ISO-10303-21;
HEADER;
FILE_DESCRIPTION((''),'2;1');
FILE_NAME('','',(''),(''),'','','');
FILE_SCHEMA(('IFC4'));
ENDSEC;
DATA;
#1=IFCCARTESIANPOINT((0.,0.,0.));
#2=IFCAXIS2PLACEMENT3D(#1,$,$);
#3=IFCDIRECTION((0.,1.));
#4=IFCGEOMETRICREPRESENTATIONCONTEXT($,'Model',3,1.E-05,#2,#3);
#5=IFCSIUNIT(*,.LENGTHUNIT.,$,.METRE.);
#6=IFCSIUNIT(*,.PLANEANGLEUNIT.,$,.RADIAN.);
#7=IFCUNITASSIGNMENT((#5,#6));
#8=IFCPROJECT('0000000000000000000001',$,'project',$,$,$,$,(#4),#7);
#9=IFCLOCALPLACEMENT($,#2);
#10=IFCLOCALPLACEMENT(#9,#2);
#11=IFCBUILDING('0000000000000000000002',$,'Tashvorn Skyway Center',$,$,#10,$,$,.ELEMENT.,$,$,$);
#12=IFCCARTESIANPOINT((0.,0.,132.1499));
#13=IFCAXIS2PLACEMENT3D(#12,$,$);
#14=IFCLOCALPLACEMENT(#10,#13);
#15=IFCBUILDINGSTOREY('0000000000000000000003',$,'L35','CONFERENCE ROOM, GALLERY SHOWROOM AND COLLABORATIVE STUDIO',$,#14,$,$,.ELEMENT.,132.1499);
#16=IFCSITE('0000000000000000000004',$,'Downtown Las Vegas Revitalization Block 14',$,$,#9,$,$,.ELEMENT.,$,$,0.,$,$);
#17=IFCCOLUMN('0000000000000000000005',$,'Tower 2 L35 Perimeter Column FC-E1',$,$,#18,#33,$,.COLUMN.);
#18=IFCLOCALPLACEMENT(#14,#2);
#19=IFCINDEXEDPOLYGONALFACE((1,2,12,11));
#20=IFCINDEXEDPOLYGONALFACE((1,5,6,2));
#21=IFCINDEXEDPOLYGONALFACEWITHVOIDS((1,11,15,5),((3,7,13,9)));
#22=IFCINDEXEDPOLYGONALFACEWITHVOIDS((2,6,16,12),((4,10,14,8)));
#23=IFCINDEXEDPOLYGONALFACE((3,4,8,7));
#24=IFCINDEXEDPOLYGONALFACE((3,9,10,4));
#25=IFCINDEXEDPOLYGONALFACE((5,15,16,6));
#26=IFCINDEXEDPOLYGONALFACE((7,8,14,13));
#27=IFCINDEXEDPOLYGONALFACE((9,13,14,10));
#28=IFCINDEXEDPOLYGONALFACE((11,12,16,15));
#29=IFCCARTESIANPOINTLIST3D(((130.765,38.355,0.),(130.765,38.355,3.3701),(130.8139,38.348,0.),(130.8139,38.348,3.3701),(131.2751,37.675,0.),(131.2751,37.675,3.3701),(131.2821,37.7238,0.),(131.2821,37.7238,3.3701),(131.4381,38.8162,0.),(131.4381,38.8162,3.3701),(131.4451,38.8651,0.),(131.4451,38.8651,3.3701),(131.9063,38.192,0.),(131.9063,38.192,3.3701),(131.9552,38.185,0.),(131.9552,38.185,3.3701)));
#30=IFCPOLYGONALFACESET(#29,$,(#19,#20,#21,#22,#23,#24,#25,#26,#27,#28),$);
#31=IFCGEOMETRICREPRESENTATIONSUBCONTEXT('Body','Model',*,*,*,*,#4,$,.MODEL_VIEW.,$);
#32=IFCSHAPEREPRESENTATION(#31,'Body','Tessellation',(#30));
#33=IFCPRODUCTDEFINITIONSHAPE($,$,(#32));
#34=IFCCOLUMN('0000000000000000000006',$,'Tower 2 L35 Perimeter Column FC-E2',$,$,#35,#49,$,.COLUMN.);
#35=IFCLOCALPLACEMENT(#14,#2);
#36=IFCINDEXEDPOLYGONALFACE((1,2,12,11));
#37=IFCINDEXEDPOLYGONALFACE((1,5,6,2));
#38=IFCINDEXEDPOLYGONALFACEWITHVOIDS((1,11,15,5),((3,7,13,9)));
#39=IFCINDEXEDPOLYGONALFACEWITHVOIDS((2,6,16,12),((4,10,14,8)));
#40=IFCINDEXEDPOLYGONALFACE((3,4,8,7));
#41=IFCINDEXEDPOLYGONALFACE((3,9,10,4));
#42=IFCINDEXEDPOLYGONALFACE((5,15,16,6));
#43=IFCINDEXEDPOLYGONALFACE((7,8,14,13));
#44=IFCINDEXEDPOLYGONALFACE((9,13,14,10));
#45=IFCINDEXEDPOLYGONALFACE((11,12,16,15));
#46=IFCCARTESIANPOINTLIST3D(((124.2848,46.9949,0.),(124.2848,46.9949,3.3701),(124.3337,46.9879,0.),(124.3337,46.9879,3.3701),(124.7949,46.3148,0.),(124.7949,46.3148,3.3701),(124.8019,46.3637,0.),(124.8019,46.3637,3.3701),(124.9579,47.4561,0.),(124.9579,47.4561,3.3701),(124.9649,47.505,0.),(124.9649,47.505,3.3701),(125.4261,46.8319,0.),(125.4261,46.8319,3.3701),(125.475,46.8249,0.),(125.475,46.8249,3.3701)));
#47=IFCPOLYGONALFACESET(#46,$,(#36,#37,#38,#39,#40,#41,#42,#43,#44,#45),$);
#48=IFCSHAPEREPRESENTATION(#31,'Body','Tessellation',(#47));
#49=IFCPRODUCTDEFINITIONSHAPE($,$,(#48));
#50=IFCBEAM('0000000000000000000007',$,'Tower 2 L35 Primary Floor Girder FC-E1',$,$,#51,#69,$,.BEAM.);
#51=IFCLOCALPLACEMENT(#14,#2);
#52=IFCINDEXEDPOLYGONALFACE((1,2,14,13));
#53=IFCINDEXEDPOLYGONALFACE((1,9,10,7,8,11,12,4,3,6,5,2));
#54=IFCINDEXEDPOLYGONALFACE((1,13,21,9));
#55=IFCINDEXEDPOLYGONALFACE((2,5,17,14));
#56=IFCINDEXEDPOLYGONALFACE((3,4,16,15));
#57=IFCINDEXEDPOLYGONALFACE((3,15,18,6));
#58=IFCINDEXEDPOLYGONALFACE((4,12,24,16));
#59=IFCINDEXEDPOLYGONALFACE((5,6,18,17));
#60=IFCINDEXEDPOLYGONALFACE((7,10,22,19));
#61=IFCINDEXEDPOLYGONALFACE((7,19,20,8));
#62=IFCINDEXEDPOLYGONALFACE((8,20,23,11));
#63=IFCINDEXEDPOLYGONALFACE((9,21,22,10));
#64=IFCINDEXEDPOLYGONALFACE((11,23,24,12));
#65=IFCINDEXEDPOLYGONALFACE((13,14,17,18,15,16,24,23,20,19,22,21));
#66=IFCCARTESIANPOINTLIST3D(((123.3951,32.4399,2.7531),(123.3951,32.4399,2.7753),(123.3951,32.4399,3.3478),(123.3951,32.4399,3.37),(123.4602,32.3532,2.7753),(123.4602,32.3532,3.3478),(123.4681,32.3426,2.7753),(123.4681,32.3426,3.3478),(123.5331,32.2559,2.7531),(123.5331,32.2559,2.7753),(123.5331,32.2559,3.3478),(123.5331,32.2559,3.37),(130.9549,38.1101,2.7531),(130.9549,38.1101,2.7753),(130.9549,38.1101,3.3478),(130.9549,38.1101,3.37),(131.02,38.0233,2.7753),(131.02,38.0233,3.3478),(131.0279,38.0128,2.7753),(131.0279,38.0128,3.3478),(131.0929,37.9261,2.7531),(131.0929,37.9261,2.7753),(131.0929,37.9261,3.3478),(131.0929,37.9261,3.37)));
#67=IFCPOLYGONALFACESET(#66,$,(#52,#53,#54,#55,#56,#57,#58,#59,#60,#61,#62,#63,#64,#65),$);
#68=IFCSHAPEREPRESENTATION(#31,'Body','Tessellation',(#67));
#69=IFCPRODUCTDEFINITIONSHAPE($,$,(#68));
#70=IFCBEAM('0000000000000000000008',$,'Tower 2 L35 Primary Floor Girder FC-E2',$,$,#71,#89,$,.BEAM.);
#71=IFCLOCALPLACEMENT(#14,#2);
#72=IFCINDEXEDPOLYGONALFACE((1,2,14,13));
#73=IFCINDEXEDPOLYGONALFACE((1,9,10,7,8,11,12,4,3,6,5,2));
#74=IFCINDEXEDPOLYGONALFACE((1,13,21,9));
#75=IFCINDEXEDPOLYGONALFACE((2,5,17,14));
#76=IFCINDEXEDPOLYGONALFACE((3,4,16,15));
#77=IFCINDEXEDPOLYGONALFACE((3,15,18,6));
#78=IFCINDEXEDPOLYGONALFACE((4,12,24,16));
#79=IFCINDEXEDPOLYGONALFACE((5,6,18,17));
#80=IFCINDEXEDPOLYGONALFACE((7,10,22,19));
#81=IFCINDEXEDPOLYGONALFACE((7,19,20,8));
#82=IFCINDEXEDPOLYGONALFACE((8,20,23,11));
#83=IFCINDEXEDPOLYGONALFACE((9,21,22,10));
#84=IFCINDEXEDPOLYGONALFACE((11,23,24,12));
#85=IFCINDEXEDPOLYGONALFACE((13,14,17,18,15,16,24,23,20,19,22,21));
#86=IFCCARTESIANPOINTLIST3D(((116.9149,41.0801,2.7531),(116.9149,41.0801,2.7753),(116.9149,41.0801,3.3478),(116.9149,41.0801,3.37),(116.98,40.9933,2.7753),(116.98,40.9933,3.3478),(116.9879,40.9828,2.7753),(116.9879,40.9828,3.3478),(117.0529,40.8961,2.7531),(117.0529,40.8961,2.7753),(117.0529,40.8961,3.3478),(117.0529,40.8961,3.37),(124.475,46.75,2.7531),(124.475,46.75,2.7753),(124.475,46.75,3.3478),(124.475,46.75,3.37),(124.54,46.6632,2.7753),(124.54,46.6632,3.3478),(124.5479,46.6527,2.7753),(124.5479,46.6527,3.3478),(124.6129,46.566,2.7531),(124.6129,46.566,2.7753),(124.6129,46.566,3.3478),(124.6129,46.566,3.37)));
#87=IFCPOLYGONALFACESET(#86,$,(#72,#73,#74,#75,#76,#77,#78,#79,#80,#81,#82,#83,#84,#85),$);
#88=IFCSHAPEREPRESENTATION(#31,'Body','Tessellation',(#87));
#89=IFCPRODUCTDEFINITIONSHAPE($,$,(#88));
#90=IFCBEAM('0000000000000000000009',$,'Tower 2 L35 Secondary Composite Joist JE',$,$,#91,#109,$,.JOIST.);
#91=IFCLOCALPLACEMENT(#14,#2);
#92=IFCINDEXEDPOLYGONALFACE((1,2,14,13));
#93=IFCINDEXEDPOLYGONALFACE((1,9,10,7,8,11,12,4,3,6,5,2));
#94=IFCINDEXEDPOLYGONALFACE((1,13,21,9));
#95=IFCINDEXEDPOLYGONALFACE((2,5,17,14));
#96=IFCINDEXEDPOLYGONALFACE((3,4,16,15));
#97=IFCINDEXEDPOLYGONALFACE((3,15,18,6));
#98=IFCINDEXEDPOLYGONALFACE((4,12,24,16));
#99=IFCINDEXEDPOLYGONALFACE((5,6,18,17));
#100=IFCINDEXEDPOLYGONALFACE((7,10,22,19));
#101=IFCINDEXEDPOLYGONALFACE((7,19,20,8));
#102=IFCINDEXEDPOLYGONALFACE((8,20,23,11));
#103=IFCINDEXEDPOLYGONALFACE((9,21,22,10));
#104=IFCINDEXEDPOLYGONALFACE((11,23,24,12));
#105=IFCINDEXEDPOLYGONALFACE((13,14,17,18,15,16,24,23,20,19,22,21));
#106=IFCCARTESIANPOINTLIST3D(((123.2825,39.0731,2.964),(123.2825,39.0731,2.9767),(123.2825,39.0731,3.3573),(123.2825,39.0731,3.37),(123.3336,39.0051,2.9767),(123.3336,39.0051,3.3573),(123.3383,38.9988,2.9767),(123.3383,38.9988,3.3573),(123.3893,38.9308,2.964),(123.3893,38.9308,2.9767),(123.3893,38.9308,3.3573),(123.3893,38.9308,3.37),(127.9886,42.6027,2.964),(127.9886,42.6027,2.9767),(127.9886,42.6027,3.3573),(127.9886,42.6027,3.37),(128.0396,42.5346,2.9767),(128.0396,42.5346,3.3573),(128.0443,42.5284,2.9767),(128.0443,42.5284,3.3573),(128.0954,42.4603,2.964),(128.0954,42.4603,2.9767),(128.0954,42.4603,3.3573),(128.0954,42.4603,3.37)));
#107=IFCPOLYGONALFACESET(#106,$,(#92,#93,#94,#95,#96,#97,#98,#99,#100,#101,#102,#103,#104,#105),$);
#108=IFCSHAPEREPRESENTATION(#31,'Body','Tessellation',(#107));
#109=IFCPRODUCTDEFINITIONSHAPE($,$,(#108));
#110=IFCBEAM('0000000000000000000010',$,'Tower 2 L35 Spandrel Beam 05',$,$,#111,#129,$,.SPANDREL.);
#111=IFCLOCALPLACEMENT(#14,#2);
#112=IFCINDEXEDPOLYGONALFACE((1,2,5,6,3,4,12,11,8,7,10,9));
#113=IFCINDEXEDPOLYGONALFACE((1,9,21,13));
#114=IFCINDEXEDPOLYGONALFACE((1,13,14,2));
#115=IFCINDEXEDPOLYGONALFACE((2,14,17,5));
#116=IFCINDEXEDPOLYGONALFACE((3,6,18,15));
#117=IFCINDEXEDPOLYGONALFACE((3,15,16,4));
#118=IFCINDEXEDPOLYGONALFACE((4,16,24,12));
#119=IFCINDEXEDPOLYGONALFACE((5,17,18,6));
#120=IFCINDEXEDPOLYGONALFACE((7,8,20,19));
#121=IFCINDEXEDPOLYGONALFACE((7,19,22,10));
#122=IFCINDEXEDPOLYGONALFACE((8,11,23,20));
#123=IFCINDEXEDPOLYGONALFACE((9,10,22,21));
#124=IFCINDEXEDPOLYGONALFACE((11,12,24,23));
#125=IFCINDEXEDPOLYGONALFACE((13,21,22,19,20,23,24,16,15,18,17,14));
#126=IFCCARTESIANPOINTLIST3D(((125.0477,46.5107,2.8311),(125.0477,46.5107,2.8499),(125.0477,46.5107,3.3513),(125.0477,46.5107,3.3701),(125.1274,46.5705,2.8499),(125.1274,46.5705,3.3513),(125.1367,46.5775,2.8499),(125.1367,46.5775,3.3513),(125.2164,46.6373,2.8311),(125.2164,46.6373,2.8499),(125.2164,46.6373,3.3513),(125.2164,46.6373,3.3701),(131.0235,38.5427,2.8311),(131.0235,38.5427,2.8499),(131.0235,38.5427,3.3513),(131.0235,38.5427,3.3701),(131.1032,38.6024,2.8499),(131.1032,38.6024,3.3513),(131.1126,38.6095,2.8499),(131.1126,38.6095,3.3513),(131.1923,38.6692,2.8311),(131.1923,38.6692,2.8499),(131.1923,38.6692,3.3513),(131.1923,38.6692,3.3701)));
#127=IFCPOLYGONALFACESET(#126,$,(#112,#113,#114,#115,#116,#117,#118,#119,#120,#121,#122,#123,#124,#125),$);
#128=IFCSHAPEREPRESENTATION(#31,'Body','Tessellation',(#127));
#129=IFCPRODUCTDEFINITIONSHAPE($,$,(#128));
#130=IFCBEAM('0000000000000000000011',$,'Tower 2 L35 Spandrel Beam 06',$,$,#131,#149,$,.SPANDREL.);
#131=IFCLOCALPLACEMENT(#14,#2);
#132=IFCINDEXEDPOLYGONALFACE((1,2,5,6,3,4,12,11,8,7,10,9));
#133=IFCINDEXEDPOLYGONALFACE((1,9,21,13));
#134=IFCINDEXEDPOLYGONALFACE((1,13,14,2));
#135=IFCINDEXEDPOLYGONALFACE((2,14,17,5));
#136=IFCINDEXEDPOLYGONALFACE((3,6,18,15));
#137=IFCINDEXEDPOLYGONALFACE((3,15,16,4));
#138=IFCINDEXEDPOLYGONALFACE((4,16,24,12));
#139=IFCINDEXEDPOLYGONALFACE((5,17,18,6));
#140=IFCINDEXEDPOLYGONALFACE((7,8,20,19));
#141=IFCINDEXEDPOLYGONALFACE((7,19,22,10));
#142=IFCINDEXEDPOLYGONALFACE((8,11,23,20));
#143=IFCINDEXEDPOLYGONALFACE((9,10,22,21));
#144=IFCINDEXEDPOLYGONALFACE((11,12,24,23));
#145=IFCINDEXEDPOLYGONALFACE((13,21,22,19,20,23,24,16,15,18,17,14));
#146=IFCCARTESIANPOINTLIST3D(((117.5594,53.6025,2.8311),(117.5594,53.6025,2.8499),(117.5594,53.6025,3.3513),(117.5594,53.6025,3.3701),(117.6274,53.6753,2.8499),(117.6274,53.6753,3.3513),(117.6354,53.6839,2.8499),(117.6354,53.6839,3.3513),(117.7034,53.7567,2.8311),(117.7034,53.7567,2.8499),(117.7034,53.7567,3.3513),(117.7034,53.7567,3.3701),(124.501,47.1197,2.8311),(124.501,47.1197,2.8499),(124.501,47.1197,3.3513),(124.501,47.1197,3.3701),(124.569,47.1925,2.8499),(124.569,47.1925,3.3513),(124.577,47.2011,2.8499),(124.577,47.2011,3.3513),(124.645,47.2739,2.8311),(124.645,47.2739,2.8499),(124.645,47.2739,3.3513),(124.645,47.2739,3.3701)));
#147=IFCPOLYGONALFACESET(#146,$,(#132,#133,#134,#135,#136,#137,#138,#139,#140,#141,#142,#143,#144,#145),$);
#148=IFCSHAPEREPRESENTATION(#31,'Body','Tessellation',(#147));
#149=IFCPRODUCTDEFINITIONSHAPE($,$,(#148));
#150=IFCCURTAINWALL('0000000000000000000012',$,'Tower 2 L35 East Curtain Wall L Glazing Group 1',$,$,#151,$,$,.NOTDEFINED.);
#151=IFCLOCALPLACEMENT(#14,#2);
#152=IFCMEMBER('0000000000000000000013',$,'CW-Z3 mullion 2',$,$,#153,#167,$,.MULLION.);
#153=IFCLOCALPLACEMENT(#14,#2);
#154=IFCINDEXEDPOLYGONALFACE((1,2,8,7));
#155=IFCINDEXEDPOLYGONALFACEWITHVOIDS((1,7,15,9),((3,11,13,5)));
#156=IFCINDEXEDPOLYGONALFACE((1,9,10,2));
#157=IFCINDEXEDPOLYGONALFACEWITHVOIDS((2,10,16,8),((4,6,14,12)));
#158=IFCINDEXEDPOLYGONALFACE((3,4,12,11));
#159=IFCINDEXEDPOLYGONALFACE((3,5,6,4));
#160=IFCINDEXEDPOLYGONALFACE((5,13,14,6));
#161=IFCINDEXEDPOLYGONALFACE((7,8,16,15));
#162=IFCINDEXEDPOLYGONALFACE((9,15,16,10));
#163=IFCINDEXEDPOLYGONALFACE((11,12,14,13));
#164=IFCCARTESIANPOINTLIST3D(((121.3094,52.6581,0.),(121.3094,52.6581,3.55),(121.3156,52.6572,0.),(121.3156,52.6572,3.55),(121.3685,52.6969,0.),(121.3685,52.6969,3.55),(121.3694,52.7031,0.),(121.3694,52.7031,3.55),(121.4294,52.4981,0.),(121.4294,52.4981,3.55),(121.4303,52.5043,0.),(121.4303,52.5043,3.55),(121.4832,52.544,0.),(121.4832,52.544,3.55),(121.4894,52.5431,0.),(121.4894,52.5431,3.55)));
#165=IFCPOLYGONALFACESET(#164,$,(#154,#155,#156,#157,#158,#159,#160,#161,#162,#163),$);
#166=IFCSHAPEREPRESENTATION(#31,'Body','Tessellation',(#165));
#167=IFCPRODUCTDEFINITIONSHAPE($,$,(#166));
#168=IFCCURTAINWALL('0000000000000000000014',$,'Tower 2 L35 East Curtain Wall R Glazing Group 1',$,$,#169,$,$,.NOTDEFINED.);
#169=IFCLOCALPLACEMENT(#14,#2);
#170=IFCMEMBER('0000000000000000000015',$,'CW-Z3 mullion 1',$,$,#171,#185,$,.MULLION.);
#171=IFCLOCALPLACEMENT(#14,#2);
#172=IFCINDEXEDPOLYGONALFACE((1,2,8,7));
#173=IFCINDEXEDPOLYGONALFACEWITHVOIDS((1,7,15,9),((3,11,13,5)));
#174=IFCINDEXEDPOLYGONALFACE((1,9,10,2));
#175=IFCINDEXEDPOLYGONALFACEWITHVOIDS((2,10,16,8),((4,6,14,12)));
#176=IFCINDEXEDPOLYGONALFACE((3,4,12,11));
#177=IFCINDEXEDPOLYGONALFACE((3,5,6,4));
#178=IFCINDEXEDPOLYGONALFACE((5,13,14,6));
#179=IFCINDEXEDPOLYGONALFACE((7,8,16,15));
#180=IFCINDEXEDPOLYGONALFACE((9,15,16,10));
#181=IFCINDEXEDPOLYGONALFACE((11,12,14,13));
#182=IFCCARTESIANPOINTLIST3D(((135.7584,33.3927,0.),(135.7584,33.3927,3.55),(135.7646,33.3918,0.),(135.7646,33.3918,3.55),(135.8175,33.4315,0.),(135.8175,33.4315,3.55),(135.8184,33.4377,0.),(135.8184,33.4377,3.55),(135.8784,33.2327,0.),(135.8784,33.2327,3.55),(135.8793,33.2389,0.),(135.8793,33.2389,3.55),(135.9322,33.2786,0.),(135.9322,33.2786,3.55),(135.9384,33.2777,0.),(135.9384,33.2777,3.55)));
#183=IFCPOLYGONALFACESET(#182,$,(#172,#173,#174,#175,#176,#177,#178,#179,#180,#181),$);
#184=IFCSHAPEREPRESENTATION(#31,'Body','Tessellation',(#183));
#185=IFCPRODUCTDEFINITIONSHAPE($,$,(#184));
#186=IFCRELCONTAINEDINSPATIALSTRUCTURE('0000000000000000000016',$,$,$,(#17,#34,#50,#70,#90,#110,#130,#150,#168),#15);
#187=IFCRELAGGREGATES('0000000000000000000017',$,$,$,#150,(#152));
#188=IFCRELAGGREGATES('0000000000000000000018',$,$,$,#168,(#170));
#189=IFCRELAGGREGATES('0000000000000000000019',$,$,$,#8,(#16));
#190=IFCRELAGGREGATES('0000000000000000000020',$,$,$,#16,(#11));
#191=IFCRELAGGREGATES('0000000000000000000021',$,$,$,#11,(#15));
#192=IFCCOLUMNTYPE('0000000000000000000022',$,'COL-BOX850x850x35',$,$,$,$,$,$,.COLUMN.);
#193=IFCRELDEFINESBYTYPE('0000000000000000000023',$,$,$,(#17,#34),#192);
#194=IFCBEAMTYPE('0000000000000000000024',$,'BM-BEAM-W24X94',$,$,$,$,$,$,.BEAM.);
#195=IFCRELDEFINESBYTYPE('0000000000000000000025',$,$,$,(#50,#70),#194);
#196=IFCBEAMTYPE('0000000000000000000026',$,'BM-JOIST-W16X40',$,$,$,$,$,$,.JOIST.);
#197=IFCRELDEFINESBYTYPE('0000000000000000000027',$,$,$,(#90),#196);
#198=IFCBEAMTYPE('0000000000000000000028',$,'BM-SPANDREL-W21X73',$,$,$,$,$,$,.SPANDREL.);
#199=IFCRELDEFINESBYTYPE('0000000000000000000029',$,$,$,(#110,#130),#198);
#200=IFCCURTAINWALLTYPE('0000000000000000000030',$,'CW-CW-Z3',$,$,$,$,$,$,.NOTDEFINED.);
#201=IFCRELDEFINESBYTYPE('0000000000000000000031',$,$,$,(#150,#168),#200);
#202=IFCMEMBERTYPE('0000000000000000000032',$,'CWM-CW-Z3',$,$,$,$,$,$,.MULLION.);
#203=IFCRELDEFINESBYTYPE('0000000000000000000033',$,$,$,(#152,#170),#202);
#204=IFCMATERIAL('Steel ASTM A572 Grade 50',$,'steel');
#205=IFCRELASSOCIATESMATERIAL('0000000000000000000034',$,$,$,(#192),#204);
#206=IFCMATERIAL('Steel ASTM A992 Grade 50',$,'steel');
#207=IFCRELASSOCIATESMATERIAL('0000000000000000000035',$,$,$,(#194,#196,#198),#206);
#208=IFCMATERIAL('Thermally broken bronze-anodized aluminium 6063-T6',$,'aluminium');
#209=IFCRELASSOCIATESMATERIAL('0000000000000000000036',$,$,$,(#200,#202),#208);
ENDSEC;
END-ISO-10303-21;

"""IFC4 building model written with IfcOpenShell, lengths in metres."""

from ifc_helpers import new_model, si_unit, direction, frame, origin, origin_2d, place, context, subcontext, project, spatial, hollow_rectangle, i_section, extrude, material, material_profile, profile_set, type_object, element, aggregate, save


model = new_model("IFC4")

# Units and contexts
model_context = context("Model", 3, precision=1e-05, world=origin(), true_north=direction((0.0, 1.0)))
body_context = subcontext(model_context, "Body", "Model", "MODEL_VIEW")
ifc_project = project(units=[si_unit("LENGTHUNIT", "METRE"), si_unit("PLANEANGLEUNIT", "RADIAN")], contexts=[model_context])

# Site, building, storey
site_placement = place(None, origin())
site = spatial("IfcSite", under=ifc_project, at=site_placement, Name="Downtown Las Vegas Revitalization Block 14", CompositionType="ELEMENT", RefElevation=0.0)
building_placement = place(site_placement, origin())
building = spatial("IfcBuilding", under=site, at=building_placement, Name="Tashvorn Skyway Center", CompositionType="ELEMENT")
storey_placement = place(building_placement, frame((0.0, 0.0, 132.1499)))
storey = spatial("IfcBuildingStorey", under=building, at=storey_placement, Name="L35", Description="CONFERENCE ROOM, GALLERY SHOWROOM AND COLLABORATIVE STUDIO", CompositionType="ELEMENT", Elevation=132.1499)

# Columns
ifc_material_1 = material(Name="Steel ASTM A572 Grade 50", Category="steel")
ifc_material_profile_1 = material_profile(ifc_material_1, hollow_rectangle(XDim=0.8501, YDim=0.8501, WallThickness=0.0349, at=origin_2d()), Name="BOX850x850x35")
ifc_profile_set_1 = profile_set([ifc_material_profile_1], Name="Steel ASTM A572 Grade 50")
column_type = type_object("IfcColumnType", Name="COL-BOX850x850x35", PredefinedType="COLUMN", material=ifc_profile_set_1)
for number, where, z_axis, x_axis, name in (
    (1, (131.3601, 38.27, 0.0), (0.0, 0.0, 1.0), (0.8, 0.6, 0.0), "Tower 2 L35 Perimeter Column FC-E1"),
    (2, (124.8799, 46.9099, 0.0), (0.0, 0.0, 1.0), (0.8, 0.6, 0.0), "Tower 2 L35 Perimeter Column FC-E2"),
):
    element("IfcColumn", number, at=place(storey_placement, frame(where, z_axis=z_axis, x_axis=x_axis)), inside=storey, type_object=column_type, Name=name, PredefinedType="COLUMN", context=body_context, shape_type="SweptSolid", body=[
        extrude(hollow_rectangle(XDim=0.8501, YDim=0.8501, WallThickness=0.0349, at=origin_2d()), origin(), (0.0, 0.0, 1.0), 3.3701),
    ])

# Beams
ifc_material_2 = material(Name="Steel ASTM A992 Grade 50", Category="steel")
ifc_material_profile_2 = material_profile(ifc_material_2, i_section(OverallWidth=0.23, OverallDepth=0.6169, WebThickness=0.0132, FlangeThickness=0.0222, at=origin_2d()), Name="W24X94")
ifc_profile_set_2 = profile_set([ifc_material_profile_2], Name="Steel ASTM A992 Grade 50")
beam_type_1 = type_object("IfcBeamType", Name="BM-BEAM-W24X94", PredefinedType="BEAM", material=ifc_profile_set_2)
for number, where, z_axis, x_axis, name in (
    (3, (131.0239, 38.0181, 3.0615), (-0.799984, -0.600021, 0.0), (0.600021, -0.799984, 0.0), "Tower 2 L35 Primary Floor Girder FC-E1"),
    (4, (124.5439, 46.658, 3.0615), (-0.800006, -0.599992, 0.0), (0.599992, -0.800006, 0.0), "Tower 2 L35 Primary Floor Girder FC-E2"),
):
    element("IfcBeam", number, at=place(storey_placement, frame(where, z_axis=z_axis, x_axis=x_axis)), inside=storey, type_object=beam_type_1, Name=name, PredefinedType="BEAM", context=body_context, shape_type="SweptSolid", body=[
        extrude(i_section(OverallWidth=0.23, OverallDepth=0.6169, WebThickness=0.0132, FlangeThickness=0.0222, at=origin_2d()), origin(), (0.0, 0.0, 1.0), 9.45),
    ])
ifc_material_profile_3 = material_profile(ifc_material_2, i_section(OverallWidth=0.178, OverallDepth=0.406, WebThickness=0.0078, FlangeThickness=0.0127, at=origin_2d()), Name="W16X40")
ifc_profile_set_3 = profile_set([ifc_material_profile_3], Name="Steel ASTM A992 Grade 50")
beam_type_2 = type_object("IfcBeamType", Name="BM-JOIST-W16X40", PredefinedType="JOIST", material=ifc_profile_set_3)
beam_1_placement = place(storey_placement, frame((123.3359, 39.002, 3.167), z_axis=(0.8, 0.6, 0.0), x_axis=(-0.6, 0.8, 0.0)))
element("IfcBeam", 5, at=beam_1_placement, inside=storey, type_object=beam_type_2, Name="Tower 2 L35 Secondary Composite Joist JE", PredefinedType="JOIST", context=body_context, shape_type="SweptSolid", body=[
    extrude(i_section(OverallWidth=0.178, OverallDepth=0.406, WebThickness=0.0078, FlangeThickness=0.0127, at=origin_2d()), origin(), (0.0, 0.0, 1.0), 5.8826),
])
ifc_material_profile_4 = material_profile(ifc_material_2, i_section(OverallWidth=0.2109, OverallDepth=0.5391, WebThickness=0.0117, FlangeThickness=0.0188, at=origin_2d()), Name="W21X73")
ifc_profile_set_4 = profile_set([ifc_material_profile_4], Name="Steel ASTM A992 Grade 50")
beam_type_3 = type_object("IfcBeamType", Name="BM-SPANDREL-W21X73", PredefinedType="SPANDREL", material=ifc_profile_set_4)
beam_2_placement = place(storey_placement, frame((131.1079, 38.606, 3.1006), z_axis=(-0.599988, 0.800009, 0.0), x_axis=(-0.800009, -0.599988, 0.0)))
element("IfcBeam", 6, at=beam_2_placement, inside=storey, type_object=beam_type_3, Name="Tower 2 L35 Spandrel Beam 05", PredefinedType="SPANDREL", context=body_context, shape_type="SweptSolid", body=[
    extrude(i_section(OverallWidth=0.2109, OverallDepth=0.5391, WebThickness=0.0117, FlangeThickness=0.0188, at=origin_2d()), origin(), (0.0, 0.0, 1.0), 9.96),
])
beam_3_placement = place(storey_placement, frame((124.573, 47.1968, 3.1006), z_axis=(-0.730843, 0.682545, 0.0), x_axis=(-0.682545, -0.730843, 0.0)))
element("IfcBeam", 7, at=beam_3_placement, inside=storey, type_object=beam_type_3, Name="Tower 2 L35 Spandrel Beam 06", PredefinedType="SPANDREL", context=body_context, shape_type="SweptSolid", body=[
    extrude(i_section(OverallWidth=0.2109, OverallDepth=0.5391, WebThickness=0.0117, FlangeThickness=0.0188, at=origin_2d()), origin(), (0.0, 0.0, 1.0), 9.498),
])

# Curtain walls, members
ifc_material_3 = material(Name="Thermally broken bronze-anodized aluminium 6063-T6", Category="aluminium")
curtain_wall_type = type_object("IfcCurtainWallType", Name="CW-CW-Z3", PredefinedType="NOTDEFINED", material=ifc_material_3)
curtain_wall_1_placement = place(storey_placement, origin())
curtain_wall_1 = element("IfcCurtainWall", 8, at=curtain_wall_1_placement, inside=storey, type_object=curtain_wall_type, Name="Tower 2 L35 East Curtain Wall L Glazing Group 1", PredefinedType="NOTDEFINED")
ifc_material_profile_5 = material_profile(ifc_material_3, hollow_rectangle(XDim=0.075, YDim=0.2, WallThickness=0.0044, at=origin_2d()), Name="ALU-MULL-75x200")
ifc_profile_set_5 = profile_set([ifc_material_profile_5], Name="Thermally broken bronze-anodized aluminium 6063-T6")
member_type = type_object("IfcMemberType", Name="CWM-CW-Z3", PredefinedType="MULLION", material=ifc_profile_set_5)
member_1_placement = place(storey_placement, frame((121.3994, 52.6006, 0.0), z_axis=(0.0, 0.0, 1.0), x_axis=(0.799997, 0.600004, 0.0)))
member_1 = element("IfcMember", 9, at=member_1_placement, type_object=member_type, Name="CW-Z3 mullion 2", PredefinedType="MULLION", context=body_context, shape_type="SweptSolid", body=[
    extrude(hollow_rectangle(XDim=0.075, YDim=0.2, WallThickness=0.0044, at=origin_2d()), origin(), (0.0, 0.0, 1.0), 3.55),
])
aggregate(curtain_wall_1, [member_1])
curtain_wall_2_placement = place(storey_placement, origin())
curtain_wall_2 = element("IfcCurtainWall", 10, at=curtain_wall_2_placement, inside=storey, type_object=curtain_wall_type, Name="Tower 2 L35 East Curtain Wall R Glazing Group 1", PredefinedType="NOTDEFINED")
member_2_placement = place(storey_placement, frame((135.8484, 33.3352, 0.0), z_axis=(0.0, 0.0, 1.0), x_axis=(0.799997, 0.600004, 0.0)))
member_2 = element("IfcMember", 11, at=member_2_placement, type_object=member_type, Name="CW-Z3 mullion 1", PredefinedType="MULLION", context=body_context, shape_type="SweptSolid", body=[
    extrude(hollow_rectangle(XDim=0.075, YDim=0.2, WallThickness=0.0044, at=origin_2d()), origin(), (0.0, 0.0, 1.0), 3.55),
])
aggregate(curtain_wall_2, [member_2])

save(model, "model.ifc")
